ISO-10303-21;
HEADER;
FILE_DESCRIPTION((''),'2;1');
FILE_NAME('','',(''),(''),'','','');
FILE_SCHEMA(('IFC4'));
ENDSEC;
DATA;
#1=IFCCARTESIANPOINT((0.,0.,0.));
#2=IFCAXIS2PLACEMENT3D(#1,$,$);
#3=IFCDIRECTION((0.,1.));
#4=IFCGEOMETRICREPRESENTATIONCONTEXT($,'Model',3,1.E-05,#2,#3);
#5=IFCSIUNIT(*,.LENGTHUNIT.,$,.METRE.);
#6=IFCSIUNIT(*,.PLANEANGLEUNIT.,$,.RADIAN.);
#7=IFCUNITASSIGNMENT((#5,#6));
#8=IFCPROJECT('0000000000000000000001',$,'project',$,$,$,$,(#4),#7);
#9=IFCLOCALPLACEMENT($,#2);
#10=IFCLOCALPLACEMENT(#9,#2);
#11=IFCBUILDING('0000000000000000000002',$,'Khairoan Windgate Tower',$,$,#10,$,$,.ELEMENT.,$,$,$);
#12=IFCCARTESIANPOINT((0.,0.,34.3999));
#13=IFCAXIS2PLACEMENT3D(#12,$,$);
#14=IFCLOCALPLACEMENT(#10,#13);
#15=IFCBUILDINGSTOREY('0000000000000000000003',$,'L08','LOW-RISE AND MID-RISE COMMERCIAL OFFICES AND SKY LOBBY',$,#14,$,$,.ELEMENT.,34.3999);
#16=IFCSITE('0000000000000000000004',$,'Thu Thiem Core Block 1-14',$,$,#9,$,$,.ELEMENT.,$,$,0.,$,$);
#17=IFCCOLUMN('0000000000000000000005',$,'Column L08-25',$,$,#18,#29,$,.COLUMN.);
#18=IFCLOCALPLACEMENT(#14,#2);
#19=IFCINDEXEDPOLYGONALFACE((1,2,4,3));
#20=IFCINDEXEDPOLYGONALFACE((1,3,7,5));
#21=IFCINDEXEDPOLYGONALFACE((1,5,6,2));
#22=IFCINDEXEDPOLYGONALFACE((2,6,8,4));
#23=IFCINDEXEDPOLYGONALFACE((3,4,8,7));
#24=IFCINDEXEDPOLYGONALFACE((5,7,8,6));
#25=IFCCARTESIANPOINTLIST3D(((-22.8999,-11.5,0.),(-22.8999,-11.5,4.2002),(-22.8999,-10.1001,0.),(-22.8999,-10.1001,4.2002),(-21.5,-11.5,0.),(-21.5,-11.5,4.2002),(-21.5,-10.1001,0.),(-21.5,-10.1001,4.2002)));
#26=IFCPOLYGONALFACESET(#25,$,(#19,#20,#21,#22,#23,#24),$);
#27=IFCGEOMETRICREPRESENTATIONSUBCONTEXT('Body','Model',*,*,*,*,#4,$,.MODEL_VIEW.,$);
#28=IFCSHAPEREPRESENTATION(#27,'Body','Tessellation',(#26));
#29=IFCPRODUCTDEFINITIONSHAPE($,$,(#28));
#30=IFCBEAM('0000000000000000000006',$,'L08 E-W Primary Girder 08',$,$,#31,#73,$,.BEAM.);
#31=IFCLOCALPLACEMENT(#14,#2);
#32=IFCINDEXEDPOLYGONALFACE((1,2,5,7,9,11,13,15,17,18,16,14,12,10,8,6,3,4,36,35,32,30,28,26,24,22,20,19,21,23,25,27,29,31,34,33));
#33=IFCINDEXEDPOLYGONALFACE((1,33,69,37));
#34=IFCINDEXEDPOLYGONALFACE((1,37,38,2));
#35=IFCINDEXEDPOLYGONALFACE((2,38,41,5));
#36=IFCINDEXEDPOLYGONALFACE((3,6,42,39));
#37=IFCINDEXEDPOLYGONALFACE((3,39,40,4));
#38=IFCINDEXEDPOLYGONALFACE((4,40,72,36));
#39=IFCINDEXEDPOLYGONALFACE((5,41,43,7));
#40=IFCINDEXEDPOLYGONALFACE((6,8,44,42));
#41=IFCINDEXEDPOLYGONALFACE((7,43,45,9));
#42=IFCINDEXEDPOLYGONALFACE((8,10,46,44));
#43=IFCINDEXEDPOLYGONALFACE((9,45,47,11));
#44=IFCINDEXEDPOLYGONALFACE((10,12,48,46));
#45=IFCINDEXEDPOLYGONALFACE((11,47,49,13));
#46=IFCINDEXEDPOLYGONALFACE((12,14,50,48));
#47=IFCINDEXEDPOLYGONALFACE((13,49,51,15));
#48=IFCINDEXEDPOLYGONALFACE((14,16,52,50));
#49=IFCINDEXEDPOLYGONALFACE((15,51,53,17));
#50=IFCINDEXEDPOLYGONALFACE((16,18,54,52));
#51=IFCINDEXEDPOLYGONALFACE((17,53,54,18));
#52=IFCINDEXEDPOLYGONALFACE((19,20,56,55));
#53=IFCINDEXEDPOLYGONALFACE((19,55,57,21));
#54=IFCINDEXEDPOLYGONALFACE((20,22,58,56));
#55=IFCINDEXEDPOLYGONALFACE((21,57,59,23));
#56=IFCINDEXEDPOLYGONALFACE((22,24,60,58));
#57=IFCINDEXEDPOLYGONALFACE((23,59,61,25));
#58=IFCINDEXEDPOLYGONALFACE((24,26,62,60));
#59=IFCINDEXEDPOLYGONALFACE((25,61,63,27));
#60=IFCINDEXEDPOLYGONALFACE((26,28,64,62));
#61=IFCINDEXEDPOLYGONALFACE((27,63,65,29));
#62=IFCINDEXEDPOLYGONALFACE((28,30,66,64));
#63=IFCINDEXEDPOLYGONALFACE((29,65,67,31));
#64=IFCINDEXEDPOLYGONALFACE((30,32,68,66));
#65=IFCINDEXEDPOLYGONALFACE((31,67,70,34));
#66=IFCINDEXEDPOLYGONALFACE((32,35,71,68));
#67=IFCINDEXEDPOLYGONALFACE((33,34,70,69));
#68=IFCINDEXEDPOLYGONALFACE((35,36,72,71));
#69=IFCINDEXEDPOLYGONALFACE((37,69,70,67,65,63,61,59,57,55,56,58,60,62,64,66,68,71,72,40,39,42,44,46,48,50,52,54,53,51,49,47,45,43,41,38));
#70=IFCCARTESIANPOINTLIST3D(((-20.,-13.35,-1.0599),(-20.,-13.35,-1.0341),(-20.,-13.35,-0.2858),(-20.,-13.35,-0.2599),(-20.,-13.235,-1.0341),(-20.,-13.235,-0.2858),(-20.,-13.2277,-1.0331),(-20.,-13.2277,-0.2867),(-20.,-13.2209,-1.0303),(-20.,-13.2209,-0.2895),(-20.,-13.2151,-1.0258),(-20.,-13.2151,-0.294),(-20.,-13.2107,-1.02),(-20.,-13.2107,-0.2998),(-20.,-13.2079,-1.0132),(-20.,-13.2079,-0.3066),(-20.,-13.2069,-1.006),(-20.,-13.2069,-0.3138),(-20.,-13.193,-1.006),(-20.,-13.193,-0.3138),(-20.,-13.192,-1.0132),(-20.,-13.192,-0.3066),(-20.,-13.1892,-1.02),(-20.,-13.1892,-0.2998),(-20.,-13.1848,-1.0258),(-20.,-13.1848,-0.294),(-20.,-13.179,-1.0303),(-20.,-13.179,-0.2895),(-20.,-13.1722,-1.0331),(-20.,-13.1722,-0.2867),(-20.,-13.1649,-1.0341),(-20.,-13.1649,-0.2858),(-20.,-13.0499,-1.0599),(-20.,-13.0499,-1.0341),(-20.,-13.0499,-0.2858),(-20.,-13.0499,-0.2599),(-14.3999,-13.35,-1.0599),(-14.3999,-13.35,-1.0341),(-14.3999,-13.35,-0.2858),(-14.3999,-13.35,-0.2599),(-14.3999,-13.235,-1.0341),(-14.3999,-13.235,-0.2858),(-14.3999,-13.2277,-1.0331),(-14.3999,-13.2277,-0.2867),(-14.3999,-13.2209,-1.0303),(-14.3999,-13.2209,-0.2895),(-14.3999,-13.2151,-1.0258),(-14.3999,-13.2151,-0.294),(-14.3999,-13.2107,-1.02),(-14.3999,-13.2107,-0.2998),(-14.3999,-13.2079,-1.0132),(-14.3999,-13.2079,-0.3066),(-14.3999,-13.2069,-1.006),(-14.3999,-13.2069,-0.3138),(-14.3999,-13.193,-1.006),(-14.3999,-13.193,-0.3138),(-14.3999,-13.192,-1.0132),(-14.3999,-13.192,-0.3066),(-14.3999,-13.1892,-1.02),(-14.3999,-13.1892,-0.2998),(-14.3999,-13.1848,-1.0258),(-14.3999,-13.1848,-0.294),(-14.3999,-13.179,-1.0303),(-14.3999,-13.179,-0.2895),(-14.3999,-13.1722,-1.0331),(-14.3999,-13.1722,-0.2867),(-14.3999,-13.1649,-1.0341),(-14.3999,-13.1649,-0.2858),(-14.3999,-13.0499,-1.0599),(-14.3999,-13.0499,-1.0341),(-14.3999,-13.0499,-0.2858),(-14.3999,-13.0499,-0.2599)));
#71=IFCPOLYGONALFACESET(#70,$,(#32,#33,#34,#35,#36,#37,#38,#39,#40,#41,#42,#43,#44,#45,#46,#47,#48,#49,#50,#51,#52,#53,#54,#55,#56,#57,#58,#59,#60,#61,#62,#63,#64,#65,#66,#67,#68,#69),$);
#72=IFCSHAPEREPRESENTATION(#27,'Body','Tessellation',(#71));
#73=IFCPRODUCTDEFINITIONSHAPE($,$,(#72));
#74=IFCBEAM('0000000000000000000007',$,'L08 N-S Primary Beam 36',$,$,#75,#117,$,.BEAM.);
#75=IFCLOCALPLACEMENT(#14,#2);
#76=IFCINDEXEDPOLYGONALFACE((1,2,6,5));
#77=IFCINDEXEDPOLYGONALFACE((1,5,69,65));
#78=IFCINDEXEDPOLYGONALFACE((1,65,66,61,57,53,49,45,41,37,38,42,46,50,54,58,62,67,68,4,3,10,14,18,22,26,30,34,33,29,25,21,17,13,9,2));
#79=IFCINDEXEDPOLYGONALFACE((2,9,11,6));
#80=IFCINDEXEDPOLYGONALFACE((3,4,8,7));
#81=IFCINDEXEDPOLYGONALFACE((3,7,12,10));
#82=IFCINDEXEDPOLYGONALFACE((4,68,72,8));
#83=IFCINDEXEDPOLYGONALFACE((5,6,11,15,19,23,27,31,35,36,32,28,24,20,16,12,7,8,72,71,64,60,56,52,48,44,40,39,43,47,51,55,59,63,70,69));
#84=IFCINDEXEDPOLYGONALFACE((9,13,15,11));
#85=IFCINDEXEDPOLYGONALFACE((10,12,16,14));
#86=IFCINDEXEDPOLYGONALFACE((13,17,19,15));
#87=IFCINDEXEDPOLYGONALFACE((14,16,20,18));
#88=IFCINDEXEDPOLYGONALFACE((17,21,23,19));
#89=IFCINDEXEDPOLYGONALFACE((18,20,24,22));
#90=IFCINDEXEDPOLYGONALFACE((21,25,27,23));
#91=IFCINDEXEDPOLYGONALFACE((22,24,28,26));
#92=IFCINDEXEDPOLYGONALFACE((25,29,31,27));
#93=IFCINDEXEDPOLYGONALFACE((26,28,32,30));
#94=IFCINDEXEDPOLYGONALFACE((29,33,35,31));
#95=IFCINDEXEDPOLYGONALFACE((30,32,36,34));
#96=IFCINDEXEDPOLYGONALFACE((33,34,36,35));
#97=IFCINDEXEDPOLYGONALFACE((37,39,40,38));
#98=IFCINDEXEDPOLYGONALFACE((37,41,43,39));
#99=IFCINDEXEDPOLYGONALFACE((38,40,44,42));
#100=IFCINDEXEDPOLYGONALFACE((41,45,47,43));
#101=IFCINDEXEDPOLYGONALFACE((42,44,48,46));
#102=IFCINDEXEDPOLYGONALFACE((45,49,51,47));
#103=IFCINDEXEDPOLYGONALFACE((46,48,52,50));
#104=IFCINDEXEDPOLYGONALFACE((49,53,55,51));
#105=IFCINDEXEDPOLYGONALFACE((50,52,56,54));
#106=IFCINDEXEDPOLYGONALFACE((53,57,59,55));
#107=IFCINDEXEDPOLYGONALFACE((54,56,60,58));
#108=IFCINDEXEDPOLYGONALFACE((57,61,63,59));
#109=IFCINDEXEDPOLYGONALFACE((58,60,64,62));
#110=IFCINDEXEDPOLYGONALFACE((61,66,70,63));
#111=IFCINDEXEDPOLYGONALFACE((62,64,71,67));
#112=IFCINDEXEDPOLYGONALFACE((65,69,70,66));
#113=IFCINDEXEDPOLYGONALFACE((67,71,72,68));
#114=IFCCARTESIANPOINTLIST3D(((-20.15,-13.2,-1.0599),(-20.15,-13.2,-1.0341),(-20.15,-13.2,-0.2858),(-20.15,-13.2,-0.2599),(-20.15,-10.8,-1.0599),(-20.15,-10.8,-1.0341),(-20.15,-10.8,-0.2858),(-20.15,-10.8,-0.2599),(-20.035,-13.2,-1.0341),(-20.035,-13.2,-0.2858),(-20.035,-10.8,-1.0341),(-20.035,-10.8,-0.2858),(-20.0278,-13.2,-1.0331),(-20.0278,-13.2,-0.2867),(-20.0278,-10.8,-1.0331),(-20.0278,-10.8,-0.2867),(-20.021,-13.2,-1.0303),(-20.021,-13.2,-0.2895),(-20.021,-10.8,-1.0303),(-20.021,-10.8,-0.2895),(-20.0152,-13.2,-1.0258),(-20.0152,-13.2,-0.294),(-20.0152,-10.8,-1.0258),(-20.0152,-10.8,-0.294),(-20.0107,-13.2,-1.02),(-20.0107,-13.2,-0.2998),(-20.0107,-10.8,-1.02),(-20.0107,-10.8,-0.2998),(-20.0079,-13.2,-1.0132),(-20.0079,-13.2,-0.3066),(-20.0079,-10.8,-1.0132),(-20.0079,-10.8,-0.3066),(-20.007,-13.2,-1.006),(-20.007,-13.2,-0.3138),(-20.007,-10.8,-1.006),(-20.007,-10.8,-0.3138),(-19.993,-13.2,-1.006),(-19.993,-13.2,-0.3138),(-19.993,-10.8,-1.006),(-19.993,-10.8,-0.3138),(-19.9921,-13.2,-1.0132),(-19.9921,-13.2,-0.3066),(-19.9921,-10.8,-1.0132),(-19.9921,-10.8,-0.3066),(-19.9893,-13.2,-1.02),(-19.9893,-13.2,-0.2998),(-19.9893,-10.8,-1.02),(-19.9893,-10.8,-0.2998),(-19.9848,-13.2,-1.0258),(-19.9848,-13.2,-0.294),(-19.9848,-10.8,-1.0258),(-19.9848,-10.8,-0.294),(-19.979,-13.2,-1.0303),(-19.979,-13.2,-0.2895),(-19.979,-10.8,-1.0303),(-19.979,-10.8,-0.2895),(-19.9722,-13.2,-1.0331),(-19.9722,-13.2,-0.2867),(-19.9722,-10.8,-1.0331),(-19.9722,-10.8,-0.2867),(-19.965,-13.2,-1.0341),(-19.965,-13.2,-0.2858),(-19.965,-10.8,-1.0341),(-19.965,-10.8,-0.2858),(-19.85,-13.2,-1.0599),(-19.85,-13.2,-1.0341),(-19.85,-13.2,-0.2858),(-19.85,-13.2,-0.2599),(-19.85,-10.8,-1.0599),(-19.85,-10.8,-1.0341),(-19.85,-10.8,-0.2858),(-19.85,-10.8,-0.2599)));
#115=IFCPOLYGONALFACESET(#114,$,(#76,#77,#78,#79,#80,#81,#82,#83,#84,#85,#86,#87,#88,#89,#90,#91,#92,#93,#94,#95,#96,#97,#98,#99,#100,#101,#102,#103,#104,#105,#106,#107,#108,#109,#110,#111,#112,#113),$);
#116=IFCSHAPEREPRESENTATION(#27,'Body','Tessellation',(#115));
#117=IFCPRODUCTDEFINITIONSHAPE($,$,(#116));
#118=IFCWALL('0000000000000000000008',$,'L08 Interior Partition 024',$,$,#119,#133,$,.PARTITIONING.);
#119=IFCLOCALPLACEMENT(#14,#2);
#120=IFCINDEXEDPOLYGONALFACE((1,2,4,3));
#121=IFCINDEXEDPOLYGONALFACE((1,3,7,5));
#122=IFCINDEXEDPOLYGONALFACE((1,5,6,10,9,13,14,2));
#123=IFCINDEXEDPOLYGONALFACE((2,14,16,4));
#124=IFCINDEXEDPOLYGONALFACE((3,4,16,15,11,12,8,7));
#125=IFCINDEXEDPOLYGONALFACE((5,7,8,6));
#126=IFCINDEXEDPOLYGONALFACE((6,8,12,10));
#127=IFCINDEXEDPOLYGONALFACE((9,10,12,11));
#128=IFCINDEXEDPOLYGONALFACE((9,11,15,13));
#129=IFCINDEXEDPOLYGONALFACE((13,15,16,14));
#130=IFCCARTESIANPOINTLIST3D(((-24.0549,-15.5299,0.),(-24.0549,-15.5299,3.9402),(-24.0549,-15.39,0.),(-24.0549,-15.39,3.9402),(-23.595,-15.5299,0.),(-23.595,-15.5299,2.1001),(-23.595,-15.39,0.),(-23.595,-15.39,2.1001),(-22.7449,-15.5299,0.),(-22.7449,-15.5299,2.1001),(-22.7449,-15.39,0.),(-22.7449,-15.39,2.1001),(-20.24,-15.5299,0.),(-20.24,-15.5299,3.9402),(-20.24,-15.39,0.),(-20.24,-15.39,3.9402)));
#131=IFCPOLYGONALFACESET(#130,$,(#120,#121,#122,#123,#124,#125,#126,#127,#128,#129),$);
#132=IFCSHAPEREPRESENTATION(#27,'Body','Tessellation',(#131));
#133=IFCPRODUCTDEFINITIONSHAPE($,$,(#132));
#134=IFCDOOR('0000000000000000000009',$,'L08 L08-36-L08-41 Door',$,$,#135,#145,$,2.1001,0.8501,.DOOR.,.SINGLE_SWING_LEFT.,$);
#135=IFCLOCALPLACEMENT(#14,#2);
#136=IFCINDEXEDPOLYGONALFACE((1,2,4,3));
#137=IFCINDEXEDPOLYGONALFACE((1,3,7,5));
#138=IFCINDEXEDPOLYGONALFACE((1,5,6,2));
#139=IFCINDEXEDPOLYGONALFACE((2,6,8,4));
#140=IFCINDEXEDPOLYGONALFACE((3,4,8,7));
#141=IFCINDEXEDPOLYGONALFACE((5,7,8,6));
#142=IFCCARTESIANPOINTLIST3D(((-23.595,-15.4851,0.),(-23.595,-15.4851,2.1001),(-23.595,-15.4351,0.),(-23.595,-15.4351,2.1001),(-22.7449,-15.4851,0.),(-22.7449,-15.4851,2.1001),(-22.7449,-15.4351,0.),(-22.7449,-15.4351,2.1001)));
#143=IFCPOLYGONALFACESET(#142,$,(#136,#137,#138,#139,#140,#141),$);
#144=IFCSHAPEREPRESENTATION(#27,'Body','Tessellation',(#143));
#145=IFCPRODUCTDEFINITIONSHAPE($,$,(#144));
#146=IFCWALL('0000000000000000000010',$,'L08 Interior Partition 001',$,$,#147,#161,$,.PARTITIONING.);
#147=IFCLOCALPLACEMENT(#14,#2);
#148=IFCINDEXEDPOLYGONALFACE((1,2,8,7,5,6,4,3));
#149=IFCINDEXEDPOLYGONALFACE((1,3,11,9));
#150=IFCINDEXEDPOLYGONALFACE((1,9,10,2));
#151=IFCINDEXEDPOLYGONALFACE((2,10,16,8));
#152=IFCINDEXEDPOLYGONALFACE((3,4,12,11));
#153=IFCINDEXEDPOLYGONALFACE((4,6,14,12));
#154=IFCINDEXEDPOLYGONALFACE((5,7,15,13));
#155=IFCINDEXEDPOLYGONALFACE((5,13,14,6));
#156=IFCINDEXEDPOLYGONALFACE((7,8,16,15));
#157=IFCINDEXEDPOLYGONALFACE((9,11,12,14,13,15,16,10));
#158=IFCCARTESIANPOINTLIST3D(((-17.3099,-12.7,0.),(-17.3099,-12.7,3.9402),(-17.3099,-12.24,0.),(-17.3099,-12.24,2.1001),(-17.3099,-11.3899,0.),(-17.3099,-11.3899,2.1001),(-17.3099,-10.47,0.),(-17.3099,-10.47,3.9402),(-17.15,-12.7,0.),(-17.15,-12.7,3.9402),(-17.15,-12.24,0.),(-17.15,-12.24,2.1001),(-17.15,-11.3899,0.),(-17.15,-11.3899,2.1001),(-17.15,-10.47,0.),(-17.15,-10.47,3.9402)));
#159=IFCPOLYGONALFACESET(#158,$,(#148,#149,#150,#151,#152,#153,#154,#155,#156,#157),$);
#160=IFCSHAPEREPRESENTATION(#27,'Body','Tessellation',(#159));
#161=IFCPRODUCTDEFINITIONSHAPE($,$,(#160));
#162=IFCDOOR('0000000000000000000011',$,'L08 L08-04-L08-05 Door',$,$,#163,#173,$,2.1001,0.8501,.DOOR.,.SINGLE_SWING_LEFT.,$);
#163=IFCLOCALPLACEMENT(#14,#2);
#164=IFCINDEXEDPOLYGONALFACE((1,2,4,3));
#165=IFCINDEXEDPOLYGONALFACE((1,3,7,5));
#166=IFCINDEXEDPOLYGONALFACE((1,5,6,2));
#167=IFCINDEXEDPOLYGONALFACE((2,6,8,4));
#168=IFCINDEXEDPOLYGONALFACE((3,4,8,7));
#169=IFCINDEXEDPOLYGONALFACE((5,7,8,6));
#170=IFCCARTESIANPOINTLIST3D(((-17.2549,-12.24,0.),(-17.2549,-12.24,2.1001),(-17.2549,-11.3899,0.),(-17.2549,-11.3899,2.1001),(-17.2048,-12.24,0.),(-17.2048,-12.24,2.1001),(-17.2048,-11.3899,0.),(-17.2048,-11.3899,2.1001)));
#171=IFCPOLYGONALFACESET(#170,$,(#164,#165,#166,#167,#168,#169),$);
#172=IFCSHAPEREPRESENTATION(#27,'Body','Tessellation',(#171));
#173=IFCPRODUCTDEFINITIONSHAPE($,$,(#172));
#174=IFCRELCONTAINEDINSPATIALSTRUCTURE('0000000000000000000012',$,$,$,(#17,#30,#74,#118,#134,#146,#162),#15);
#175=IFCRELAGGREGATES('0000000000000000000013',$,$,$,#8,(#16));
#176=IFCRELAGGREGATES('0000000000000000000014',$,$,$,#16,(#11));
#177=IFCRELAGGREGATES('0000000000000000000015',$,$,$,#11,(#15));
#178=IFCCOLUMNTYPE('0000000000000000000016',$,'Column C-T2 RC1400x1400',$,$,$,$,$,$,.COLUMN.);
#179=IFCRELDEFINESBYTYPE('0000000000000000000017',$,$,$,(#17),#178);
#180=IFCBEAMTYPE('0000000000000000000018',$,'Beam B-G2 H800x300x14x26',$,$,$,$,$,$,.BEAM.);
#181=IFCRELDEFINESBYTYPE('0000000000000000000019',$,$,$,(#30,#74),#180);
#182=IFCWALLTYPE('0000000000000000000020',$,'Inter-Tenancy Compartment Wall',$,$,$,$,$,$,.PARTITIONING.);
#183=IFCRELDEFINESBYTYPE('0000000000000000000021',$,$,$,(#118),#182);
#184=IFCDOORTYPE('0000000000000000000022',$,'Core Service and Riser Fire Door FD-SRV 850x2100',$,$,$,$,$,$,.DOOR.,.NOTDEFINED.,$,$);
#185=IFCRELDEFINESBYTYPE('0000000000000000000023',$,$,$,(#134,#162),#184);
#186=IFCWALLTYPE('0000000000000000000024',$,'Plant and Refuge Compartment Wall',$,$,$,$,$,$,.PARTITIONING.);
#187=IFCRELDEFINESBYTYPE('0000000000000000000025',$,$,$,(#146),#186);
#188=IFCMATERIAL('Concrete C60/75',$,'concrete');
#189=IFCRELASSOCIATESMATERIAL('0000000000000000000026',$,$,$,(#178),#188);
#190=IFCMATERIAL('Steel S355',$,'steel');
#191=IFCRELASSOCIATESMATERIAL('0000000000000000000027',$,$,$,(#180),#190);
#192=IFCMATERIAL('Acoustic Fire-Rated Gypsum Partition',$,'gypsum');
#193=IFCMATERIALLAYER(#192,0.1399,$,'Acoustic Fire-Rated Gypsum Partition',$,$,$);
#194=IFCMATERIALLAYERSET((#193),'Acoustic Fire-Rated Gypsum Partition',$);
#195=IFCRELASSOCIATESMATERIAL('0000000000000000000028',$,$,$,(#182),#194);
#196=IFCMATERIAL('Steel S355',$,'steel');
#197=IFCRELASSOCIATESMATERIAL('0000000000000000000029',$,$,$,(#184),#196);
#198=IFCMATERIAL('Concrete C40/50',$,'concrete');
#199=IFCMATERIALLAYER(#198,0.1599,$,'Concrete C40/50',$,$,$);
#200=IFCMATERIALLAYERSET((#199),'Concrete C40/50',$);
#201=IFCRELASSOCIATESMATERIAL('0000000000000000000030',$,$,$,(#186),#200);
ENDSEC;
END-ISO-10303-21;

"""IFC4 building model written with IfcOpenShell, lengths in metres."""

from ifc_helpers import new_model, si_unit, direction, frame, frame_2d, origin, origin_2d, place, context, subcontext, project, spatial, rectangle, i_section, extrude, material, layer, layer_set, material_profile, profile_set, type_object, element, fill, save


model = new_model("IFC4")

# Units and contexts
model_context = context("Model", 3, precision=1e-05, world=origin(), true_north=direction((0.0, 1.0)))
body_context = subcontext(model_context, "Body", "Model", "MODEL_VIEW")
ifc_project = project(units=[si_unit("LENGTHUNIT", "METRE"), si_unit("PLANEANGLEUNIT", "RADIAN")], contexts=[model_context])

# Site, building, storey
site_placement = place(None, origin())
site = spatial("IfcSite", under=ifc_project, at=site_placement, Name="Thu Thiem Core Block 1-14", CompositionType="ELEMENT", RefElevation=0.0)
building_placement = place(site_placement, origin())
building = spatial("IfcBuilding", under=site, at=building_placement, Name="Khairoan Windgate Tower", CompositionType="ELEMENT")
storey_placement = place(building_placement, frame((0.0, 0.0, 34.3999)))
storey = spatial("IfcBuildingStorey", under=building, at=storey_placement, Name="L08", Description="LOW-RISE AND MID-RISE COMMERCIAL OFFICES AND SKY LOBBY", CompositionType="ELEMENT", Elevation=34.3999)

# Column
ifc_material_1 = material(Name="Concrete C60/75", Category="concrete")
ifc_material_profile_1 = material_profile(ifc_material_1, rectangle(XDim=1.3999, YDim=1.3999, at=origin_2d()))
ifc_profile_set_1 = profile_set([ifc_material_profile_1], Name="Concrete C60/75")
column_type = type_object("IfcColumnType", Name="Column C-T2 RC1400x1400", PredefinedType="COLUMN", material=ifc_profile_set_1)
column_placement = place(storey_placement, frame((-22.2, -10.8, 0.0), z_axis=(0.0, 0.0, 1.0), x_axis=(1.0, 0.0, 0.0)))
element("IfcColumn", 1, at=column_placement, inside=storey, type_object=column_type, Name="Column L08-25", PredefinedType="COLUMN", context=body_context, shape_type="SweptSolid", body=[
    extrude(rectangle(XDim=1.3999, YDim=1.3999, at=origin_2d()), origin(), (0.0, 0.0, 1.0), 4.2002),
])

# Beams
ifc_material_2 = material(Name="Steel S355", Category="steel")
ifc_material_profile_2 = material_profile(ifc_material_2, i_section(OverallWidth=0.3, OverallDepth=0.8, WebThickness=0.0139, FlangeThickness=0.0259, FilletRadius=0.0281, at=origin_2d()))
ifc_profile_set_2 = profile_set([ifc_material_profile_2], Name="Steel S355")
beam_type = type_object("IfcBeamType", Name="Beam B-G2 H800x300x14x26", PredefinedType="BEAM", material=ifc_profile_set_2)
beam_1_placement = place(storey_placement, frame((-20.0, -13.2, -0.6599), z_axis=(1.0, 0.0, 0.0), x_axis=(0.0, 1.0, 0.0)))
element("IfcBeam", 2, at=beam_1_placement, inside=storey, type_object=beam_type, Name="L08 E-W Primary Girder 08", PredefinedType="BEAM", context=body_context, shape_type="SweptSolid", body=[
    extrude(i_section(OverallWidth=0.3, OverallDepth=0.8, WebThickness=0.0139, FlangeThickness=0.0259, FilletRadius=0.0281, at=origin_2d()), origin(), (0.0, 0.0, 1.0), 5.6001),
])
beam_2_placement = place(storey_placement, frame((-20.0, -13.2, -0.6599), z_axis=(0.0, 1.0, 0.0), x_axis=(-1.0, 0.0, 0.0)))
element("IfcBeam", 3, at=beam_2_placement, inside=storey, type_object=beam_type, Name="L08 N-S Primary Beam 36", PredefinedType="BEAM", context=body_context, shape_type="SweptSolid", body=[
    extrude(i_section(OverallWidth=0.3, OverallDepth=0.8, WebThickness=0.0139, FlangeThickness=0.0259, FilletRadius=0.0281, at=origin_2d()), origin(), (0.0, 0.0, 1.0), 2.3999),
])

# Walls, openings, doors
ifc_material_3 = material(Name="Acoustic Fire-Rated Gypsum Partition", Category="gypsum")
ifc_layer_1 = layer(ifc_material_3, 0.1399, Name="Acoustic Fire-Rated Gypsum Partition")
ifc_layer_set_1 = layer_set([ifc_layer_1], Name="Acoustic Fire-Rated Gypsum Partition")
wall_type_1 = type_object("IfcWallType", Name="Inter-Tenancy Compartment Wall", PredefinedType="PARTITIONING", material=ifc_layer_set_1)
wall_1_placement = place(storey_placement, frame((-24.0549, -15.46, 0.0), z_axis=(0.0, 0.0, 1.0), x_axis=(1.0, 0.0, 0.0)))
wall_1 = element("IfcWall", 4, at=wall_1_placement, inside=storey, type_object=wall_type_1, Name="L08 Interior Partition 024", PredefinedType="PARTITIONING", context=body_context, shape_type="SweptSolid", body=[
    extrude(rectangle(XDim=3.8149, YDim=0.1399, at=frame_2d((1.9075, 0.0))), origin(), (0.0, 0.0, 1.0), 3.9402),
])
opening_1_placement = place(wall_1_placement, frame((0.46, 0.0, 0.0)))
opening_1 = element("IfcOpeningElement", 5, at=opening_1_placement, cuts=wall_1, PredefinedType="OPENING", context=body_context, shape_type="SweptSolid", body=[
    extrude(rectangle(XDim=0.8501, YDim=2.1001, at=frame_2d((0.425, 1.05))), frame((0.0, 0.0798, 0.0), z_axis=(0.0, -1.0, 0.0), x_axis=(1.0, 0.0, 0.0)), (0.0, 0.0, 1.0), 0.1599),
])
ifc_material_4 = material(Name="Steel S355", Category="steel")
door_type_1 = type_object("IfcDoorType", Name="Core Service and Riser Fire Door FD-SRV 850x2100", OperationType="NOTDEFINED", PredefinedType="DOOR", material=ifc_material_4)
door_1_placement = place(opening_1_placement, origin())
door_1 = element("IfcDoor", 6, at=door_1_placement, inside=storey, type_object=door_type_1, Name="L08 L08-36-L08-41 Door", OperationType="SINGLE_SWING_LEFT", OverallHeight=2.1001, OverallWidth=0.8501, PredefinedType="DOOR", context=body_context, shape_type="SweptSolid", body=[
    extrude(rectangle(XDim=0.8501, YDim=2.1001, at=frame_2d((0.425, 1.05))), frame((0.0, 0.0249, 0.0), z_axis=(0.0, -1.0, 0.0), x_axis=(1.0, 0.0, 0.0)), (0.0, 0.0, 1.0), 0.05),
])
fill(opening_1, door_1)
ifc_material_5 = material(Name="Concrete C40/50", Category="concrete")
ifc_layer_2 = layer(ifc_material_5, 0.1599, Name="Concrete C40/50")
ifc_layer_set_2 = layer_set([ifc_layer_2], Name="Concrete C40/50")
wall_type_2 = type_object("IfcWallType", Name="Plant and Refuge Compartment Wall", PredefinedType="PARTITIONING", material=ifc_layer_set_2)
wall_2_placement = place(storey_placement, frame((-17.23, -12.7, 0.0), z_axis=(0.0, 0.0, 1.0), x_axis=(0.0, 1.0, 0.0)))
wall_2 = element("IfcWall", 7, at=wall_2_placement, inside=storey, type_object=wall_type_2, Name="L08 Interior Partition 001", PredefinedType="PARTITIONING", context=body_context, shape_type="SweptSolid", body=[
    extrude(rectangle(XDim=2.23, YDim=0.1599, at=frame_2d((1.115, 0.0))), origin(), (0.0, 0.0, 1.0), 3.9402),
])
opening_2_placement = place(wall_2_placement, frame((0.46, 0.0, 0.0)))
opening_2 = element("IfcOpeningElement", 8, at=opening_2_placement, cuts=wall_2, PredefinedType="OPENING", context=body_context, shape_type="SweptSolid", body=[
    extrude(rectangle(XDim=0.8501, YDim=2.1001, at=frame_2d((0.425, 1.05))), frame((0.0, 0.0898, 0.0), z_axis=(0.0, -1.0, 0.0), x_axis=(1.0, 0.0, 0.0)), (0.0, 0.0, 1.0), 0.1799),
])
door_2_placement = place(opening_2_placement, origin())
door_2 = element("IfcDoor", 9, at=door_2_placement, inside=storey, type_object=door_type_1, Name="L08 L08-04-L08-05 Door", OperationType="SINGLE_SWING_LEFT", OverallHeight=2.1001, OverallWidth=0.8501, PredefinedType="DOOR", context=body_context, shape_type="SweptSolid", body=[
    extrude(rectangle(XDim=0.8501, YDim=2.1001, at=frame_2d((0.425, 1.05))), frame((0.0, 0.0249, 0.0), z_axis=(0.0, -1.0, 0.0), x_axis=(1.0, 0.0, 0.0)), (0.0, 0.0, 1.0), 0.05),
])
fill(opening_2, door_2)

save(model, "model.ifc")
